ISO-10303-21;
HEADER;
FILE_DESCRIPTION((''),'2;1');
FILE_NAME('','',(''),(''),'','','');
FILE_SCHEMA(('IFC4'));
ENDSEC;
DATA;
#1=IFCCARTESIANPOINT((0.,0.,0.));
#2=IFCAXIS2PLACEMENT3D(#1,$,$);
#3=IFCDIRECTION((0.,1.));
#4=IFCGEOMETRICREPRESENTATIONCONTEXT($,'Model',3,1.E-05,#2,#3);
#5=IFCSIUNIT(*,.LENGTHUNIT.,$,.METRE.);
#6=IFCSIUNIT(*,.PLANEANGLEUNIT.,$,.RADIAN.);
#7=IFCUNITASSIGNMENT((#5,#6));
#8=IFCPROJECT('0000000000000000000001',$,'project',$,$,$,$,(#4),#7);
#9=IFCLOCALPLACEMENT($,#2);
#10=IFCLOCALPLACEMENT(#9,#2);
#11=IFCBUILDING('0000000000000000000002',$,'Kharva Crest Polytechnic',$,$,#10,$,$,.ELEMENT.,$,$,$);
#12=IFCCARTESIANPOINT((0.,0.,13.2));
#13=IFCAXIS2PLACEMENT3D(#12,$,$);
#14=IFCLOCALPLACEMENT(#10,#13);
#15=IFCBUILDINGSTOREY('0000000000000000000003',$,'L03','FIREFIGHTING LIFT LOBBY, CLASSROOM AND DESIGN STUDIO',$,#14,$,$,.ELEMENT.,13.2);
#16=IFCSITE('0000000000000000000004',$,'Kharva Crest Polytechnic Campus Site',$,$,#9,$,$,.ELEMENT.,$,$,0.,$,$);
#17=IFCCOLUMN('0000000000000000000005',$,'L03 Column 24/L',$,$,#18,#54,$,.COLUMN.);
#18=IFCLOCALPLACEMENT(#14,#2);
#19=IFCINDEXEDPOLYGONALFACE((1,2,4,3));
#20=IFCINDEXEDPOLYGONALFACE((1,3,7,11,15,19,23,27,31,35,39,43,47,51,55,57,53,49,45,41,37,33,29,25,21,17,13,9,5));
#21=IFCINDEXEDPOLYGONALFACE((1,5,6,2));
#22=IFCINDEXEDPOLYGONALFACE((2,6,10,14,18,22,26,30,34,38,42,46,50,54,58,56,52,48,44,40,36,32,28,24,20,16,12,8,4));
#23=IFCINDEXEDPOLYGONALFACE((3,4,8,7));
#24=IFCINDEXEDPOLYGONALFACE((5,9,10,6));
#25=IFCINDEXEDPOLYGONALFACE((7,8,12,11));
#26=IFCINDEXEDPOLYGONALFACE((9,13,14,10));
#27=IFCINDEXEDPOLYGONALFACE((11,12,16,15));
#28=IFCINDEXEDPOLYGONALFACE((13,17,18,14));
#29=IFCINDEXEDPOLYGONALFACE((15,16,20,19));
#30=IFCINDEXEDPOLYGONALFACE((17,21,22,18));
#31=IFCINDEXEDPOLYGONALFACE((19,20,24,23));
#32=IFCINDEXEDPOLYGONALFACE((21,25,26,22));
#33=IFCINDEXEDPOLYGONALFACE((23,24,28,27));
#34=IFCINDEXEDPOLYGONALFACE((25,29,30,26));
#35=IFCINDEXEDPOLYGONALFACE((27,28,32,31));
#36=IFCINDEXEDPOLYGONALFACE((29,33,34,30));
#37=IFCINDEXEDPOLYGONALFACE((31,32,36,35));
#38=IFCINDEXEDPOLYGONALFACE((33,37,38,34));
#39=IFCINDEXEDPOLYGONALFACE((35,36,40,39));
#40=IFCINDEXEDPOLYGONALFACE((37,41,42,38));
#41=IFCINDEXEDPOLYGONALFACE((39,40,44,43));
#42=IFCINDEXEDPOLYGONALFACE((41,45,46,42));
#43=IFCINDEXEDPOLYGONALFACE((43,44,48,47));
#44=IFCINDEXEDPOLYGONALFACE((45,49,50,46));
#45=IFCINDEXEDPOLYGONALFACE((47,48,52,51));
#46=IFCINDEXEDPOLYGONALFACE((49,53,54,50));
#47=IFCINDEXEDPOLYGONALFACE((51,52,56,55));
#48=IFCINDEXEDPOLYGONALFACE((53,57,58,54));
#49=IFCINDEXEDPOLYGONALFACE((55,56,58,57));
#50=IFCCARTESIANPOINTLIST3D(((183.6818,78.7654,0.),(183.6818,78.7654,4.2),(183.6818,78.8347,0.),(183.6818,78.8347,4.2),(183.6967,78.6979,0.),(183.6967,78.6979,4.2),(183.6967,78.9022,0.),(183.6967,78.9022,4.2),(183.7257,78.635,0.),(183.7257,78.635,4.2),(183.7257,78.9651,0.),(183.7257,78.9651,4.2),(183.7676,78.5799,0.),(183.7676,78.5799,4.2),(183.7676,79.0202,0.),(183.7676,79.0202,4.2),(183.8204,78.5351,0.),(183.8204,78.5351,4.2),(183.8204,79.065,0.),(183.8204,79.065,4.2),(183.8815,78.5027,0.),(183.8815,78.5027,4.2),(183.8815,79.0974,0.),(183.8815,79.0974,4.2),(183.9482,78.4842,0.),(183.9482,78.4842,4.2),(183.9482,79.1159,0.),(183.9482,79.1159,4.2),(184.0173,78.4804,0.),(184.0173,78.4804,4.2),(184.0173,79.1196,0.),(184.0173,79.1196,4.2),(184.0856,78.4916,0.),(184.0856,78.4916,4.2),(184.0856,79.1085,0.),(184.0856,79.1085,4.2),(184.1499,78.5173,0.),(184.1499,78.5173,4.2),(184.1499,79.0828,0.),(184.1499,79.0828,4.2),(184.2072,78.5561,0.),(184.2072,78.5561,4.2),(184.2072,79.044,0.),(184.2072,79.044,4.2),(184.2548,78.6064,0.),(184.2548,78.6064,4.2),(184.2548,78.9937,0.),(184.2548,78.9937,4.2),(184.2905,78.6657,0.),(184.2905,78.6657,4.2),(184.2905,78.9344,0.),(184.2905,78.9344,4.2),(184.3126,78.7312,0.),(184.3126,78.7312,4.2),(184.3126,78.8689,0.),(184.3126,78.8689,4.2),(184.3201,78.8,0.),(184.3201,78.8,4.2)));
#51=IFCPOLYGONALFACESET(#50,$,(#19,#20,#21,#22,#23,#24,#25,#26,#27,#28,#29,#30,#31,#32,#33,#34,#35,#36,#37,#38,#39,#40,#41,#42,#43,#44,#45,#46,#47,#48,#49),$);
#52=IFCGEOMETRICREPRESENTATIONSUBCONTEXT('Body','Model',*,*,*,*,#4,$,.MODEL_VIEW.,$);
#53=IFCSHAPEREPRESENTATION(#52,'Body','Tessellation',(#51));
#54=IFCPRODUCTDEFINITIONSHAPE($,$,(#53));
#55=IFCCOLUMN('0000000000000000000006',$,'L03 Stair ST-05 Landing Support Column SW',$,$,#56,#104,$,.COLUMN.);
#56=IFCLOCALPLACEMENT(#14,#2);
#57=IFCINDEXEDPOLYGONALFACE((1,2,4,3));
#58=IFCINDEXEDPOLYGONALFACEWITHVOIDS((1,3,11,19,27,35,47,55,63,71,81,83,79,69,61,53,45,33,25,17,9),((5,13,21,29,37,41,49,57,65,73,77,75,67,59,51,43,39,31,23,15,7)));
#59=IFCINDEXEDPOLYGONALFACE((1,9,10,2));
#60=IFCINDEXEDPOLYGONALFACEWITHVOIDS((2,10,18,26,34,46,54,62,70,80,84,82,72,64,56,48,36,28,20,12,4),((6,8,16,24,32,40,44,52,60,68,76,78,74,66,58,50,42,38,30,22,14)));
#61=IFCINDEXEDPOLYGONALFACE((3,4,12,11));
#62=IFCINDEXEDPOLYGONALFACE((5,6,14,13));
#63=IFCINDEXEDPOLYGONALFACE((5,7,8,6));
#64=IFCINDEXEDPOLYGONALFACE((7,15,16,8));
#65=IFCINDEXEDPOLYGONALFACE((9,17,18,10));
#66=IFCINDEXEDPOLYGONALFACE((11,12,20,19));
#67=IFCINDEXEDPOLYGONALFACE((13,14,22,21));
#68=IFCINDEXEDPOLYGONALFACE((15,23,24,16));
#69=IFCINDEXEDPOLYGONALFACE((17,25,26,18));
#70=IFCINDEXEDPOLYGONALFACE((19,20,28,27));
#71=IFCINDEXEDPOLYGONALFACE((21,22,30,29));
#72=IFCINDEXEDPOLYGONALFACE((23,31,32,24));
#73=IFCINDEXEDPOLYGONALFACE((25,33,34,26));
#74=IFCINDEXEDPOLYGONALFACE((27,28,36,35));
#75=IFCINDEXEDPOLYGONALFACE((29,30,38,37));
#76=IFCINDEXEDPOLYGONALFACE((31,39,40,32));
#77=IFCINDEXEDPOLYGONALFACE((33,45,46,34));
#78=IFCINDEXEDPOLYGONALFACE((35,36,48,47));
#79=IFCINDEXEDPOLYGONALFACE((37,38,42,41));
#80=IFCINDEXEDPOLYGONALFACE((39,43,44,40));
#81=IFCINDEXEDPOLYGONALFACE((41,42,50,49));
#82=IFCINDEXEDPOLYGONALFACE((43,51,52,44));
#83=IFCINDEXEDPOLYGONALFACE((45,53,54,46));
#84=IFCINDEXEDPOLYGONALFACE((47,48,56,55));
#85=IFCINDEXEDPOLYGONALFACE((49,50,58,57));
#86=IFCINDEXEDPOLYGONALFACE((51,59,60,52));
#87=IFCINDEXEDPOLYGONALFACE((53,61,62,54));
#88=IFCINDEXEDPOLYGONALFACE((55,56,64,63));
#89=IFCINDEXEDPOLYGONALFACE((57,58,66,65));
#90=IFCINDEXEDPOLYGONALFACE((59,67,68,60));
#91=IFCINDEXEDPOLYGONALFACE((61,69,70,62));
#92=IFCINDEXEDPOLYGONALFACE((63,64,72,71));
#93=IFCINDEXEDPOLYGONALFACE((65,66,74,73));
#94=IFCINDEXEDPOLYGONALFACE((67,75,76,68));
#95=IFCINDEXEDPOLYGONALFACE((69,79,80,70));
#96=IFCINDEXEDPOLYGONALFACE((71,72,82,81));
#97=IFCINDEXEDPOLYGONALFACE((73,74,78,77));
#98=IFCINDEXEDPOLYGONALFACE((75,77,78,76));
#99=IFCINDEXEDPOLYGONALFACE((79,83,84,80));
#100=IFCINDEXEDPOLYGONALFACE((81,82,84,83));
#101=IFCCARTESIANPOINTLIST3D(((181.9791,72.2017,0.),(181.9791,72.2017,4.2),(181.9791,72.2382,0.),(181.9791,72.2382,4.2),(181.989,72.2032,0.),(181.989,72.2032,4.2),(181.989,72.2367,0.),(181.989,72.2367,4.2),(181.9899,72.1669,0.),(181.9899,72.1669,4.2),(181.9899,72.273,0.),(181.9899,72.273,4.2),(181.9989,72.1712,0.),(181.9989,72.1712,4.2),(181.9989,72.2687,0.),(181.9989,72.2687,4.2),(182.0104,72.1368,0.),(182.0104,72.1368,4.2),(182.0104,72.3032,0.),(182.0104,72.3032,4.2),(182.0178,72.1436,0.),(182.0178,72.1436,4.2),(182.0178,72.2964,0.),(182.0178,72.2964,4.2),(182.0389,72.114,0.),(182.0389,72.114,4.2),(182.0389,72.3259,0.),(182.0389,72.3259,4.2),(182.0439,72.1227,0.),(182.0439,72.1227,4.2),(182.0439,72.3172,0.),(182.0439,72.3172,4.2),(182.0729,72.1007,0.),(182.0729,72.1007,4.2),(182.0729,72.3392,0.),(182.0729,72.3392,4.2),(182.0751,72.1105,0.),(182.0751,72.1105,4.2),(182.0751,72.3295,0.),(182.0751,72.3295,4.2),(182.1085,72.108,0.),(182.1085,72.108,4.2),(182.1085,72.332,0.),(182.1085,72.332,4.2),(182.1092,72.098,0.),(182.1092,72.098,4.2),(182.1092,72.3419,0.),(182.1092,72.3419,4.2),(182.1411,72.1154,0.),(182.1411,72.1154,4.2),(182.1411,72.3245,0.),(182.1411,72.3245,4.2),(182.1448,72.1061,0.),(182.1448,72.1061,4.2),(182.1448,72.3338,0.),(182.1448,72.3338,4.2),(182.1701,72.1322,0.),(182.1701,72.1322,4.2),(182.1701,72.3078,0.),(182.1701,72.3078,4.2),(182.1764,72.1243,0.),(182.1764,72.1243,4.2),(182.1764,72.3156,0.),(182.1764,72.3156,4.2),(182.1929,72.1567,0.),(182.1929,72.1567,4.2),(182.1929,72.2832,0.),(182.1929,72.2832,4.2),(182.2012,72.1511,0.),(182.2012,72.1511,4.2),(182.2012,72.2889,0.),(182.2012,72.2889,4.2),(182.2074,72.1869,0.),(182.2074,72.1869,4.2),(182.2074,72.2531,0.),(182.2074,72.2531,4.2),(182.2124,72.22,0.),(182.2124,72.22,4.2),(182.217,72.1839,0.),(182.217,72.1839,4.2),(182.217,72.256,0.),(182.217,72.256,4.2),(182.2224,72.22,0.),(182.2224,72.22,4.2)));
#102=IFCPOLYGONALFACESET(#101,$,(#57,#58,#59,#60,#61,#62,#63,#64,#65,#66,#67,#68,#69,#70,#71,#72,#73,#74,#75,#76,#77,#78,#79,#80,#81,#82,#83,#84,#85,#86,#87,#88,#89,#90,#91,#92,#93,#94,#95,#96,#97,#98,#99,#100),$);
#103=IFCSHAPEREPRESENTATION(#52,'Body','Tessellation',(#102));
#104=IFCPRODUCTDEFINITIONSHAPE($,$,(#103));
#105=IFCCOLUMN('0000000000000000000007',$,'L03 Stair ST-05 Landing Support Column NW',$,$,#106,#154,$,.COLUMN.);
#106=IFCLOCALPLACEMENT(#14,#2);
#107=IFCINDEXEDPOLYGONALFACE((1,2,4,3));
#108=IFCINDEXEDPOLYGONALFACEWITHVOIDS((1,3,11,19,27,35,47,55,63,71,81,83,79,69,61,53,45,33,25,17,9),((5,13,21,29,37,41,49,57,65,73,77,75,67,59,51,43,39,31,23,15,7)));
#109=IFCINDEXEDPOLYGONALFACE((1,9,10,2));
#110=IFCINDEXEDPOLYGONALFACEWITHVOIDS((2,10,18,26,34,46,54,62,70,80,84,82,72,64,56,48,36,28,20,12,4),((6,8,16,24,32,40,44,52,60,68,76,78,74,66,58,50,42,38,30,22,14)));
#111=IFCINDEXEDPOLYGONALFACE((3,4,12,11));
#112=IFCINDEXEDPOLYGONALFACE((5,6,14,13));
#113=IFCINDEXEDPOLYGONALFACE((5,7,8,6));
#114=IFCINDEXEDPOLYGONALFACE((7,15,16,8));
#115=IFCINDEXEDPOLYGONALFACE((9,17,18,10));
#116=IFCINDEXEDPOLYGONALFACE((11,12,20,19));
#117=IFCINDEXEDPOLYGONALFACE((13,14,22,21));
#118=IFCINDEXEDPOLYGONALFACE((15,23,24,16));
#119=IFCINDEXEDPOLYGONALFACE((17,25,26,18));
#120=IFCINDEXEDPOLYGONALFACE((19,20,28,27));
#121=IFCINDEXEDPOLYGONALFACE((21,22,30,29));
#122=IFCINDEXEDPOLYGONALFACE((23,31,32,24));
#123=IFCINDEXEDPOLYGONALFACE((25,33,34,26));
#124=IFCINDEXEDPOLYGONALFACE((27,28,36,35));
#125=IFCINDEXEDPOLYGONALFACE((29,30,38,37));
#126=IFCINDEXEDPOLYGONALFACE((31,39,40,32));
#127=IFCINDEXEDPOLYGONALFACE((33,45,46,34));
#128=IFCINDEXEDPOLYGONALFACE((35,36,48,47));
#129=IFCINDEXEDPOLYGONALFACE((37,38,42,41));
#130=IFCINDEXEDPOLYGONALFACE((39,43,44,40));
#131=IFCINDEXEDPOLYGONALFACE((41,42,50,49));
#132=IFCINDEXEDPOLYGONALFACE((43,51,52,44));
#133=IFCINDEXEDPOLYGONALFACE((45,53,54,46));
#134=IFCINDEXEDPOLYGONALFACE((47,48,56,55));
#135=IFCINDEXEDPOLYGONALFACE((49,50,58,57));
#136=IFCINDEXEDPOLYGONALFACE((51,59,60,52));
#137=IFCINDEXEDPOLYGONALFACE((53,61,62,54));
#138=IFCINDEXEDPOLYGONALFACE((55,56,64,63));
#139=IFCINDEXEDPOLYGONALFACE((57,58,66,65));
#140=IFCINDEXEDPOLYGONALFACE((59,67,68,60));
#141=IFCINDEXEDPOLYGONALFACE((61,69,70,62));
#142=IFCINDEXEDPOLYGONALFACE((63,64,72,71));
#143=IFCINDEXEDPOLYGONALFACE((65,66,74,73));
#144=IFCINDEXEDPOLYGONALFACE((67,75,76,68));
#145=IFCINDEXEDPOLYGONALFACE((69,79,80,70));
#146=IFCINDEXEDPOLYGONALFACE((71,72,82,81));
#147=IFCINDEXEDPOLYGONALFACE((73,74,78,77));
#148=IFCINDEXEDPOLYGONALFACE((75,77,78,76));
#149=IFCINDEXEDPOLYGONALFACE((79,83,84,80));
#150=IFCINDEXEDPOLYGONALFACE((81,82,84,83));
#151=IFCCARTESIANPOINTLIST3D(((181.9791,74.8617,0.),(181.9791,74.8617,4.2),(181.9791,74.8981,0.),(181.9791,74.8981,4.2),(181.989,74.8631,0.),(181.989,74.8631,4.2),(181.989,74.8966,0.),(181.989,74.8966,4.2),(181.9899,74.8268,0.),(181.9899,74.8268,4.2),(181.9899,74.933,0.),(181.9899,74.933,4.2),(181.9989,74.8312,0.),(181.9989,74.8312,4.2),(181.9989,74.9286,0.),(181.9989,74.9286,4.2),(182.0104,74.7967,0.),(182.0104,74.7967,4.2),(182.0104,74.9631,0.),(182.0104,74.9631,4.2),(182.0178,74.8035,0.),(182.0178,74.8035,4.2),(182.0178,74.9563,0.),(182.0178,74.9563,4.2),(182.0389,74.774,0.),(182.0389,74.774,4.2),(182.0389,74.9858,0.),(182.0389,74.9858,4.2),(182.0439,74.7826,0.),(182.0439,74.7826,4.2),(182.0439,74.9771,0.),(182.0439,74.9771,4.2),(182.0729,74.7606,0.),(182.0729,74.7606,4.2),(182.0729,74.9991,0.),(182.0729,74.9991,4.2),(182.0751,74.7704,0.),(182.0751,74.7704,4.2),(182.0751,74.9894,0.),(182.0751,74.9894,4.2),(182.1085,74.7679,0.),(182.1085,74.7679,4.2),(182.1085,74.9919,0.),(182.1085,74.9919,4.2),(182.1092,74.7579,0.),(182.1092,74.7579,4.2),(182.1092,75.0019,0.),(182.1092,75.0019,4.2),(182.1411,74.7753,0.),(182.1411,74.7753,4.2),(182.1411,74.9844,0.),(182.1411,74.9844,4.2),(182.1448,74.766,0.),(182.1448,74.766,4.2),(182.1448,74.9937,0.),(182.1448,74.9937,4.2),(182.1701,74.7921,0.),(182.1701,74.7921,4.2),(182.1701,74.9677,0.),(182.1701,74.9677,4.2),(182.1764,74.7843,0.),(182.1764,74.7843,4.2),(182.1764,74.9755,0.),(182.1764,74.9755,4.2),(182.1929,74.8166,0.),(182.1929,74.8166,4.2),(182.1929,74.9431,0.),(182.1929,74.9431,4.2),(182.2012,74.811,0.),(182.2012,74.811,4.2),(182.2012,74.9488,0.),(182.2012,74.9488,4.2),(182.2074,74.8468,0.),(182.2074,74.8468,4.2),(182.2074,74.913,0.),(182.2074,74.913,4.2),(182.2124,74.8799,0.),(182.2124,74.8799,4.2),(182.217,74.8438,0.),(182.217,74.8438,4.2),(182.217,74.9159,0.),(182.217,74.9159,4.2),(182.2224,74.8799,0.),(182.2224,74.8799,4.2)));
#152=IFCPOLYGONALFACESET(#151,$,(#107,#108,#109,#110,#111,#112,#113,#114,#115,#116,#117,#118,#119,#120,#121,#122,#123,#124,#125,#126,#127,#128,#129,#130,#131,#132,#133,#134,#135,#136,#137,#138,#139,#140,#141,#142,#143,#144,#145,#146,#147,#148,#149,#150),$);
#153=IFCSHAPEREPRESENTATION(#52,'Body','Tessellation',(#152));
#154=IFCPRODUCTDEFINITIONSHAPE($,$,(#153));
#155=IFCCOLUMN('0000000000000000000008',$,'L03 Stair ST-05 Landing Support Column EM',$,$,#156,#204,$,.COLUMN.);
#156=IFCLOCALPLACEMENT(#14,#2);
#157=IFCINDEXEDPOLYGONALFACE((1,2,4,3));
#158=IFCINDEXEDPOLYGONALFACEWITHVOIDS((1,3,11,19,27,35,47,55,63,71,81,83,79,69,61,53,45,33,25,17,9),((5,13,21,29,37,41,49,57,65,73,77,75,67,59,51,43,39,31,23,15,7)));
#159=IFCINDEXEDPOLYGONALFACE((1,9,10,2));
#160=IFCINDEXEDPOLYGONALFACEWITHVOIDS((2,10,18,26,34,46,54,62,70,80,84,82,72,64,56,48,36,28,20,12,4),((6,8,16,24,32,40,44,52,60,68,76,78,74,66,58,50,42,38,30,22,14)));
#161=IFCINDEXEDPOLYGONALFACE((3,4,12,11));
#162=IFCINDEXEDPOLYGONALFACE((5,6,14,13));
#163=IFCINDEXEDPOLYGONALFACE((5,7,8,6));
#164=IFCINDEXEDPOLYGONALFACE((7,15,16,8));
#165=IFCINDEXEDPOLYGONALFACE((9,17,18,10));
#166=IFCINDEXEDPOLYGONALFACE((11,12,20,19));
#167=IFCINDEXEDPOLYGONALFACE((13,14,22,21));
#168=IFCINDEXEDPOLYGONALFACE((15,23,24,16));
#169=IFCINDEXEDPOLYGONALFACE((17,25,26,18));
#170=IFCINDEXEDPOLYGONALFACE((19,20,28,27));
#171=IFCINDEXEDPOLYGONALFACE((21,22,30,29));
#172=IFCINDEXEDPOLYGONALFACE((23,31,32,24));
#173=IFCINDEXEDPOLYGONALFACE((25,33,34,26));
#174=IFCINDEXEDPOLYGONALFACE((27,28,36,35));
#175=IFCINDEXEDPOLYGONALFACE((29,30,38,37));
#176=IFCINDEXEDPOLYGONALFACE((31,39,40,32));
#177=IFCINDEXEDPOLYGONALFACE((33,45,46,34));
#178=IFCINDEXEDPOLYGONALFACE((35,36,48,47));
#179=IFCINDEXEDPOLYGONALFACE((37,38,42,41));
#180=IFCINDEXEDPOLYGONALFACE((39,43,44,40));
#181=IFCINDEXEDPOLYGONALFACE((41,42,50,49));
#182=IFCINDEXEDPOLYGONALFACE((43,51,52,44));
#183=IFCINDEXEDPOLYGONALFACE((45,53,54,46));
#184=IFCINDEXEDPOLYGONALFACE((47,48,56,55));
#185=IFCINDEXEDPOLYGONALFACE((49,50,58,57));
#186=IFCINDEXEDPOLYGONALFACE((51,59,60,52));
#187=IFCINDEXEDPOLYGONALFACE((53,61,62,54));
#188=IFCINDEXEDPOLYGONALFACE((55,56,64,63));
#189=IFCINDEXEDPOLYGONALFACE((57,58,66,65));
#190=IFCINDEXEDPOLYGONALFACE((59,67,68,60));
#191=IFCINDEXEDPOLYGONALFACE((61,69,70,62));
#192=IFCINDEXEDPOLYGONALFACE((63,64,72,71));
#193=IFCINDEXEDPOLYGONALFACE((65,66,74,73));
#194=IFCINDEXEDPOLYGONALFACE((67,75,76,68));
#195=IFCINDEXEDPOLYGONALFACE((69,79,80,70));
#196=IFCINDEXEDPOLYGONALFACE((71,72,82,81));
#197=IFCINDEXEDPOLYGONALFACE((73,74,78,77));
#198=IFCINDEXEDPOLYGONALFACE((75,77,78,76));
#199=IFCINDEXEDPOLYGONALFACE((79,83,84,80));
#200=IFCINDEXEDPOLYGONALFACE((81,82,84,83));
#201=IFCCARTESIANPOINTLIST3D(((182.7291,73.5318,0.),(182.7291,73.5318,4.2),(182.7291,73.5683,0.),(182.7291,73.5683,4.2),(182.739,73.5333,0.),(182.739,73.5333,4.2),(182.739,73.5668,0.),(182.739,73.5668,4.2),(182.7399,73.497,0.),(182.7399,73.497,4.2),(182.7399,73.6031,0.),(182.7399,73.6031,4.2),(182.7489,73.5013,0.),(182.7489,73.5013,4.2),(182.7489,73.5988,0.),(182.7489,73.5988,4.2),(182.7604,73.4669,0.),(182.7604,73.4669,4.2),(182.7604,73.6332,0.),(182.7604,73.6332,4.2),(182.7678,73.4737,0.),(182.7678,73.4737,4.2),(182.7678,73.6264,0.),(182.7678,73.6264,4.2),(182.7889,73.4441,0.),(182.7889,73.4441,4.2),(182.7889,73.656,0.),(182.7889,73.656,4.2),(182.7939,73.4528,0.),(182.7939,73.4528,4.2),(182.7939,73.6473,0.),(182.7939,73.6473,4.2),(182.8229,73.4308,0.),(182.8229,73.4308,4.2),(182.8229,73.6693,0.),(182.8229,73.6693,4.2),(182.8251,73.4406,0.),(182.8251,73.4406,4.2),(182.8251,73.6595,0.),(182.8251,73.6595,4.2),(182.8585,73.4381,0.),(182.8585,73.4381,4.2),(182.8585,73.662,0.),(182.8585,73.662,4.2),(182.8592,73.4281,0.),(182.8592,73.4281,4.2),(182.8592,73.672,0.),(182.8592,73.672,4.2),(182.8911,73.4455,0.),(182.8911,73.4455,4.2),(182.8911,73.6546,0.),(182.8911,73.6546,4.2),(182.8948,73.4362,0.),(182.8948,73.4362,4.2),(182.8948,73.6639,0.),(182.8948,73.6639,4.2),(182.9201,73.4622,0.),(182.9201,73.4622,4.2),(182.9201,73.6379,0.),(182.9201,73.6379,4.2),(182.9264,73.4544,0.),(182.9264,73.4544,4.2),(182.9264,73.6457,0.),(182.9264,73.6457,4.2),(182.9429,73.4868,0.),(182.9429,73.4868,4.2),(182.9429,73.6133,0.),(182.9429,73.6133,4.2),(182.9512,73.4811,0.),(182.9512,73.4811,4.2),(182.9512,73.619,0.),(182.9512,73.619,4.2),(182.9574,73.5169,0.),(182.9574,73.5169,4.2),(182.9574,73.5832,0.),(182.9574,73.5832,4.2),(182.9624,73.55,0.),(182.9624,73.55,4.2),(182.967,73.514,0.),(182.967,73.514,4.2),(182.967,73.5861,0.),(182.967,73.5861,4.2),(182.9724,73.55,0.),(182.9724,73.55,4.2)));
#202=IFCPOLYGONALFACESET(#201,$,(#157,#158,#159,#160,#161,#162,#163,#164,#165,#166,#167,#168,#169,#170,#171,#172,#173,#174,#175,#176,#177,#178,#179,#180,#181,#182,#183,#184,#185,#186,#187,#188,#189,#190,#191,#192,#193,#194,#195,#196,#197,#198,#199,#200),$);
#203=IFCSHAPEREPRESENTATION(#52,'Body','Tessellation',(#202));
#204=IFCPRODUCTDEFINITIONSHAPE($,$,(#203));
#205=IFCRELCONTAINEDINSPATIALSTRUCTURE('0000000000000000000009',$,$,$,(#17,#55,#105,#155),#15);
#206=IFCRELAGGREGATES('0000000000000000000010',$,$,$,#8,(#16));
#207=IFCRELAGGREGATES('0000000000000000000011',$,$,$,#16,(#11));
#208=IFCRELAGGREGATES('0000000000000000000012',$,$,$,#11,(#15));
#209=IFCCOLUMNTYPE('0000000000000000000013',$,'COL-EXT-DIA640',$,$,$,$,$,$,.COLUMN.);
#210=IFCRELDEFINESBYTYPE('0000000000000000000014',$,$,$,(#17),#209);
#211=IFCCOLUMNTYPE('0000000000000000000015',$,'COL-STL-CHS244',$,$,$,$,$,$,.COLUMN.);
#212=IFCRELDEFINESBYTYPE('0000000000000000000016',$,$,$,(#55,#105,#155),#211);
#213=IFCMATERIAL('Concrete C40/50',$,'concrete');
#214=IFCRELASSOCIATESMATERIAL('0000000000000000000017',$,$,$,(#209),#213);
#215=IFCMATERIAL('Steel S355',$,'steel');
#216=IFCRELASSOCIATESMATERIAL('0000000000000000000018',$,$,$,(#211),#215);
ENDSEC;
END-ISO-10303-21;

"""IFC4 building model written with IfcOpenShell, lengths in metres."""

from ifc_helpers import new_model, si_unit, direction, frame, origin, origin_2d, place, context, subcontext, project, spatial, circle, hollow_circle, extrude, material, material_profile, profile_set, type_object, element, save


model = new_model("IFC4")

# Units and contexts
model_context = context("Model", 3, precision=1e-05, world=origin(), true_north=direction((0.0, 1.0)))
body_context = subcontext(model_context, "Body", "Model", "MODEL_VIEW")
ifc_project = project(units=[si_unit("LENGTHUNIT", "METRE"), si_unit("PLANEANGLEUNIT", "RADIAN")], contexts=[model_context])

# Site, building, storey
site_placement = place(None, origin())
site = spatial("IfcSite", under=ifc_project, at=site_placement, Name="Kharva Crest Polytechnic Campus Site", CompositionType="ELEMENT", RefElevation=0.0)
building_placement = place(site_placement, origin())
building = spatial("IfcBuilding", under=site, at=building_placement, Name="Kharva Crest Polytechnic", CompositionType="ELEMENT")
storey_placement = place(building_placement, frame((0.0, 0.0, 13.2)))
storey = spatial("IfcBuildingStorey", under=building, at=storey_placement, Name="L03", Description="FIREFIGHTING LIFT LOBBY, CLASSROOM AND DESIGN STUDIO", CompositionType="ELEMENT", Elevation=13.2)

# Columns
ifc_material_1 = material(Name="Concrete C40/50", Category="concrete")
ifc_material_profile_1 = material_profile(ifc_material_1, circle(Radius=0.3201, at=origin_2d()), Name="DIA 640")
ifc_profile_set_1 = profile_set([ifc_material_profile_1], Name="Concrete C40/50")
column_type_1 = type_object("IfcColumnType", Name="COL-EXT-DIA640", PredefinedType="COLUMN", material=ifc_profile_set_1)
column_placement = place(storey_placement, frame((184.0, 78.8, 0.0), z_axis=(0.0, 0.0, 1.0), x_axis=(1.0, 0.0, 0.0)))
element("IfcColumn", 1, at=column_placement, inside=storey, type_object=column_type_1, Name="L03 Column 24/L", PredefinedType="COLUMN", context=body_context, shape_type="SweptSolid", body=[
    extrude(circle(Radius=0.3201, at=origin_2d()), origin(), (0.0, 0.0, 1.0), 4.2),
])
ifc_material_2 = material(Name="Steel S355", Category="steel")
ifc_material_profile_2 = material_profile(ifc_material_2, hollow_circle(Radius=0.1223, WallThickness=0.01, at=origin_2d()), Name="CHS 244.5X10.0")
ifc_profile_set_2 = profile_set([ifc_material_profile_2], Name="Steel S355")
column_type_2 = type_object("IfcColumnType", Name="COL-STL-CHS244", PredefinedType="COLUMN", material=ifc_profile_set_2)
for number, where, z_axis, x_axis, name in (
    (2, (182.1001, 72.22, 0.0), (0.0, 0.0, 1.0), (1.0, 0.0, 0.0), "L03 Stair ST-05 Landing Support Column SW"),
    (3, (182.1001, 74.8799, 0.0), (0.0, 0.0, 1.0), (1.0, 0.0, 0.0), "L03 Stair ST-05 Landing Support Column NW"),
    (4, (182.8501, 73.55, 0.0), (0.0, 0.0, 1.0), (1.0, 0.0, 0.0), "L03 Stair ST-05 Landing Support Column EM"),
):
    element("IfcColumn", number, at=place(storey_placement, frame(where, z_axis=z_axis, x_axis=x_axis)), inside=storey, type_object=column_type_2, Name=name, PredefinedType="COLUMN", context=body_context, shape_type="SweptSolid", body=[
        extrude(hollow_circle(Radius=0.1223, WallThickness=0.01, at=origin_2d()), origin(), (0.0, 0.0, 1.0), 4.2),
    ])

save(model, "model.ifc")
